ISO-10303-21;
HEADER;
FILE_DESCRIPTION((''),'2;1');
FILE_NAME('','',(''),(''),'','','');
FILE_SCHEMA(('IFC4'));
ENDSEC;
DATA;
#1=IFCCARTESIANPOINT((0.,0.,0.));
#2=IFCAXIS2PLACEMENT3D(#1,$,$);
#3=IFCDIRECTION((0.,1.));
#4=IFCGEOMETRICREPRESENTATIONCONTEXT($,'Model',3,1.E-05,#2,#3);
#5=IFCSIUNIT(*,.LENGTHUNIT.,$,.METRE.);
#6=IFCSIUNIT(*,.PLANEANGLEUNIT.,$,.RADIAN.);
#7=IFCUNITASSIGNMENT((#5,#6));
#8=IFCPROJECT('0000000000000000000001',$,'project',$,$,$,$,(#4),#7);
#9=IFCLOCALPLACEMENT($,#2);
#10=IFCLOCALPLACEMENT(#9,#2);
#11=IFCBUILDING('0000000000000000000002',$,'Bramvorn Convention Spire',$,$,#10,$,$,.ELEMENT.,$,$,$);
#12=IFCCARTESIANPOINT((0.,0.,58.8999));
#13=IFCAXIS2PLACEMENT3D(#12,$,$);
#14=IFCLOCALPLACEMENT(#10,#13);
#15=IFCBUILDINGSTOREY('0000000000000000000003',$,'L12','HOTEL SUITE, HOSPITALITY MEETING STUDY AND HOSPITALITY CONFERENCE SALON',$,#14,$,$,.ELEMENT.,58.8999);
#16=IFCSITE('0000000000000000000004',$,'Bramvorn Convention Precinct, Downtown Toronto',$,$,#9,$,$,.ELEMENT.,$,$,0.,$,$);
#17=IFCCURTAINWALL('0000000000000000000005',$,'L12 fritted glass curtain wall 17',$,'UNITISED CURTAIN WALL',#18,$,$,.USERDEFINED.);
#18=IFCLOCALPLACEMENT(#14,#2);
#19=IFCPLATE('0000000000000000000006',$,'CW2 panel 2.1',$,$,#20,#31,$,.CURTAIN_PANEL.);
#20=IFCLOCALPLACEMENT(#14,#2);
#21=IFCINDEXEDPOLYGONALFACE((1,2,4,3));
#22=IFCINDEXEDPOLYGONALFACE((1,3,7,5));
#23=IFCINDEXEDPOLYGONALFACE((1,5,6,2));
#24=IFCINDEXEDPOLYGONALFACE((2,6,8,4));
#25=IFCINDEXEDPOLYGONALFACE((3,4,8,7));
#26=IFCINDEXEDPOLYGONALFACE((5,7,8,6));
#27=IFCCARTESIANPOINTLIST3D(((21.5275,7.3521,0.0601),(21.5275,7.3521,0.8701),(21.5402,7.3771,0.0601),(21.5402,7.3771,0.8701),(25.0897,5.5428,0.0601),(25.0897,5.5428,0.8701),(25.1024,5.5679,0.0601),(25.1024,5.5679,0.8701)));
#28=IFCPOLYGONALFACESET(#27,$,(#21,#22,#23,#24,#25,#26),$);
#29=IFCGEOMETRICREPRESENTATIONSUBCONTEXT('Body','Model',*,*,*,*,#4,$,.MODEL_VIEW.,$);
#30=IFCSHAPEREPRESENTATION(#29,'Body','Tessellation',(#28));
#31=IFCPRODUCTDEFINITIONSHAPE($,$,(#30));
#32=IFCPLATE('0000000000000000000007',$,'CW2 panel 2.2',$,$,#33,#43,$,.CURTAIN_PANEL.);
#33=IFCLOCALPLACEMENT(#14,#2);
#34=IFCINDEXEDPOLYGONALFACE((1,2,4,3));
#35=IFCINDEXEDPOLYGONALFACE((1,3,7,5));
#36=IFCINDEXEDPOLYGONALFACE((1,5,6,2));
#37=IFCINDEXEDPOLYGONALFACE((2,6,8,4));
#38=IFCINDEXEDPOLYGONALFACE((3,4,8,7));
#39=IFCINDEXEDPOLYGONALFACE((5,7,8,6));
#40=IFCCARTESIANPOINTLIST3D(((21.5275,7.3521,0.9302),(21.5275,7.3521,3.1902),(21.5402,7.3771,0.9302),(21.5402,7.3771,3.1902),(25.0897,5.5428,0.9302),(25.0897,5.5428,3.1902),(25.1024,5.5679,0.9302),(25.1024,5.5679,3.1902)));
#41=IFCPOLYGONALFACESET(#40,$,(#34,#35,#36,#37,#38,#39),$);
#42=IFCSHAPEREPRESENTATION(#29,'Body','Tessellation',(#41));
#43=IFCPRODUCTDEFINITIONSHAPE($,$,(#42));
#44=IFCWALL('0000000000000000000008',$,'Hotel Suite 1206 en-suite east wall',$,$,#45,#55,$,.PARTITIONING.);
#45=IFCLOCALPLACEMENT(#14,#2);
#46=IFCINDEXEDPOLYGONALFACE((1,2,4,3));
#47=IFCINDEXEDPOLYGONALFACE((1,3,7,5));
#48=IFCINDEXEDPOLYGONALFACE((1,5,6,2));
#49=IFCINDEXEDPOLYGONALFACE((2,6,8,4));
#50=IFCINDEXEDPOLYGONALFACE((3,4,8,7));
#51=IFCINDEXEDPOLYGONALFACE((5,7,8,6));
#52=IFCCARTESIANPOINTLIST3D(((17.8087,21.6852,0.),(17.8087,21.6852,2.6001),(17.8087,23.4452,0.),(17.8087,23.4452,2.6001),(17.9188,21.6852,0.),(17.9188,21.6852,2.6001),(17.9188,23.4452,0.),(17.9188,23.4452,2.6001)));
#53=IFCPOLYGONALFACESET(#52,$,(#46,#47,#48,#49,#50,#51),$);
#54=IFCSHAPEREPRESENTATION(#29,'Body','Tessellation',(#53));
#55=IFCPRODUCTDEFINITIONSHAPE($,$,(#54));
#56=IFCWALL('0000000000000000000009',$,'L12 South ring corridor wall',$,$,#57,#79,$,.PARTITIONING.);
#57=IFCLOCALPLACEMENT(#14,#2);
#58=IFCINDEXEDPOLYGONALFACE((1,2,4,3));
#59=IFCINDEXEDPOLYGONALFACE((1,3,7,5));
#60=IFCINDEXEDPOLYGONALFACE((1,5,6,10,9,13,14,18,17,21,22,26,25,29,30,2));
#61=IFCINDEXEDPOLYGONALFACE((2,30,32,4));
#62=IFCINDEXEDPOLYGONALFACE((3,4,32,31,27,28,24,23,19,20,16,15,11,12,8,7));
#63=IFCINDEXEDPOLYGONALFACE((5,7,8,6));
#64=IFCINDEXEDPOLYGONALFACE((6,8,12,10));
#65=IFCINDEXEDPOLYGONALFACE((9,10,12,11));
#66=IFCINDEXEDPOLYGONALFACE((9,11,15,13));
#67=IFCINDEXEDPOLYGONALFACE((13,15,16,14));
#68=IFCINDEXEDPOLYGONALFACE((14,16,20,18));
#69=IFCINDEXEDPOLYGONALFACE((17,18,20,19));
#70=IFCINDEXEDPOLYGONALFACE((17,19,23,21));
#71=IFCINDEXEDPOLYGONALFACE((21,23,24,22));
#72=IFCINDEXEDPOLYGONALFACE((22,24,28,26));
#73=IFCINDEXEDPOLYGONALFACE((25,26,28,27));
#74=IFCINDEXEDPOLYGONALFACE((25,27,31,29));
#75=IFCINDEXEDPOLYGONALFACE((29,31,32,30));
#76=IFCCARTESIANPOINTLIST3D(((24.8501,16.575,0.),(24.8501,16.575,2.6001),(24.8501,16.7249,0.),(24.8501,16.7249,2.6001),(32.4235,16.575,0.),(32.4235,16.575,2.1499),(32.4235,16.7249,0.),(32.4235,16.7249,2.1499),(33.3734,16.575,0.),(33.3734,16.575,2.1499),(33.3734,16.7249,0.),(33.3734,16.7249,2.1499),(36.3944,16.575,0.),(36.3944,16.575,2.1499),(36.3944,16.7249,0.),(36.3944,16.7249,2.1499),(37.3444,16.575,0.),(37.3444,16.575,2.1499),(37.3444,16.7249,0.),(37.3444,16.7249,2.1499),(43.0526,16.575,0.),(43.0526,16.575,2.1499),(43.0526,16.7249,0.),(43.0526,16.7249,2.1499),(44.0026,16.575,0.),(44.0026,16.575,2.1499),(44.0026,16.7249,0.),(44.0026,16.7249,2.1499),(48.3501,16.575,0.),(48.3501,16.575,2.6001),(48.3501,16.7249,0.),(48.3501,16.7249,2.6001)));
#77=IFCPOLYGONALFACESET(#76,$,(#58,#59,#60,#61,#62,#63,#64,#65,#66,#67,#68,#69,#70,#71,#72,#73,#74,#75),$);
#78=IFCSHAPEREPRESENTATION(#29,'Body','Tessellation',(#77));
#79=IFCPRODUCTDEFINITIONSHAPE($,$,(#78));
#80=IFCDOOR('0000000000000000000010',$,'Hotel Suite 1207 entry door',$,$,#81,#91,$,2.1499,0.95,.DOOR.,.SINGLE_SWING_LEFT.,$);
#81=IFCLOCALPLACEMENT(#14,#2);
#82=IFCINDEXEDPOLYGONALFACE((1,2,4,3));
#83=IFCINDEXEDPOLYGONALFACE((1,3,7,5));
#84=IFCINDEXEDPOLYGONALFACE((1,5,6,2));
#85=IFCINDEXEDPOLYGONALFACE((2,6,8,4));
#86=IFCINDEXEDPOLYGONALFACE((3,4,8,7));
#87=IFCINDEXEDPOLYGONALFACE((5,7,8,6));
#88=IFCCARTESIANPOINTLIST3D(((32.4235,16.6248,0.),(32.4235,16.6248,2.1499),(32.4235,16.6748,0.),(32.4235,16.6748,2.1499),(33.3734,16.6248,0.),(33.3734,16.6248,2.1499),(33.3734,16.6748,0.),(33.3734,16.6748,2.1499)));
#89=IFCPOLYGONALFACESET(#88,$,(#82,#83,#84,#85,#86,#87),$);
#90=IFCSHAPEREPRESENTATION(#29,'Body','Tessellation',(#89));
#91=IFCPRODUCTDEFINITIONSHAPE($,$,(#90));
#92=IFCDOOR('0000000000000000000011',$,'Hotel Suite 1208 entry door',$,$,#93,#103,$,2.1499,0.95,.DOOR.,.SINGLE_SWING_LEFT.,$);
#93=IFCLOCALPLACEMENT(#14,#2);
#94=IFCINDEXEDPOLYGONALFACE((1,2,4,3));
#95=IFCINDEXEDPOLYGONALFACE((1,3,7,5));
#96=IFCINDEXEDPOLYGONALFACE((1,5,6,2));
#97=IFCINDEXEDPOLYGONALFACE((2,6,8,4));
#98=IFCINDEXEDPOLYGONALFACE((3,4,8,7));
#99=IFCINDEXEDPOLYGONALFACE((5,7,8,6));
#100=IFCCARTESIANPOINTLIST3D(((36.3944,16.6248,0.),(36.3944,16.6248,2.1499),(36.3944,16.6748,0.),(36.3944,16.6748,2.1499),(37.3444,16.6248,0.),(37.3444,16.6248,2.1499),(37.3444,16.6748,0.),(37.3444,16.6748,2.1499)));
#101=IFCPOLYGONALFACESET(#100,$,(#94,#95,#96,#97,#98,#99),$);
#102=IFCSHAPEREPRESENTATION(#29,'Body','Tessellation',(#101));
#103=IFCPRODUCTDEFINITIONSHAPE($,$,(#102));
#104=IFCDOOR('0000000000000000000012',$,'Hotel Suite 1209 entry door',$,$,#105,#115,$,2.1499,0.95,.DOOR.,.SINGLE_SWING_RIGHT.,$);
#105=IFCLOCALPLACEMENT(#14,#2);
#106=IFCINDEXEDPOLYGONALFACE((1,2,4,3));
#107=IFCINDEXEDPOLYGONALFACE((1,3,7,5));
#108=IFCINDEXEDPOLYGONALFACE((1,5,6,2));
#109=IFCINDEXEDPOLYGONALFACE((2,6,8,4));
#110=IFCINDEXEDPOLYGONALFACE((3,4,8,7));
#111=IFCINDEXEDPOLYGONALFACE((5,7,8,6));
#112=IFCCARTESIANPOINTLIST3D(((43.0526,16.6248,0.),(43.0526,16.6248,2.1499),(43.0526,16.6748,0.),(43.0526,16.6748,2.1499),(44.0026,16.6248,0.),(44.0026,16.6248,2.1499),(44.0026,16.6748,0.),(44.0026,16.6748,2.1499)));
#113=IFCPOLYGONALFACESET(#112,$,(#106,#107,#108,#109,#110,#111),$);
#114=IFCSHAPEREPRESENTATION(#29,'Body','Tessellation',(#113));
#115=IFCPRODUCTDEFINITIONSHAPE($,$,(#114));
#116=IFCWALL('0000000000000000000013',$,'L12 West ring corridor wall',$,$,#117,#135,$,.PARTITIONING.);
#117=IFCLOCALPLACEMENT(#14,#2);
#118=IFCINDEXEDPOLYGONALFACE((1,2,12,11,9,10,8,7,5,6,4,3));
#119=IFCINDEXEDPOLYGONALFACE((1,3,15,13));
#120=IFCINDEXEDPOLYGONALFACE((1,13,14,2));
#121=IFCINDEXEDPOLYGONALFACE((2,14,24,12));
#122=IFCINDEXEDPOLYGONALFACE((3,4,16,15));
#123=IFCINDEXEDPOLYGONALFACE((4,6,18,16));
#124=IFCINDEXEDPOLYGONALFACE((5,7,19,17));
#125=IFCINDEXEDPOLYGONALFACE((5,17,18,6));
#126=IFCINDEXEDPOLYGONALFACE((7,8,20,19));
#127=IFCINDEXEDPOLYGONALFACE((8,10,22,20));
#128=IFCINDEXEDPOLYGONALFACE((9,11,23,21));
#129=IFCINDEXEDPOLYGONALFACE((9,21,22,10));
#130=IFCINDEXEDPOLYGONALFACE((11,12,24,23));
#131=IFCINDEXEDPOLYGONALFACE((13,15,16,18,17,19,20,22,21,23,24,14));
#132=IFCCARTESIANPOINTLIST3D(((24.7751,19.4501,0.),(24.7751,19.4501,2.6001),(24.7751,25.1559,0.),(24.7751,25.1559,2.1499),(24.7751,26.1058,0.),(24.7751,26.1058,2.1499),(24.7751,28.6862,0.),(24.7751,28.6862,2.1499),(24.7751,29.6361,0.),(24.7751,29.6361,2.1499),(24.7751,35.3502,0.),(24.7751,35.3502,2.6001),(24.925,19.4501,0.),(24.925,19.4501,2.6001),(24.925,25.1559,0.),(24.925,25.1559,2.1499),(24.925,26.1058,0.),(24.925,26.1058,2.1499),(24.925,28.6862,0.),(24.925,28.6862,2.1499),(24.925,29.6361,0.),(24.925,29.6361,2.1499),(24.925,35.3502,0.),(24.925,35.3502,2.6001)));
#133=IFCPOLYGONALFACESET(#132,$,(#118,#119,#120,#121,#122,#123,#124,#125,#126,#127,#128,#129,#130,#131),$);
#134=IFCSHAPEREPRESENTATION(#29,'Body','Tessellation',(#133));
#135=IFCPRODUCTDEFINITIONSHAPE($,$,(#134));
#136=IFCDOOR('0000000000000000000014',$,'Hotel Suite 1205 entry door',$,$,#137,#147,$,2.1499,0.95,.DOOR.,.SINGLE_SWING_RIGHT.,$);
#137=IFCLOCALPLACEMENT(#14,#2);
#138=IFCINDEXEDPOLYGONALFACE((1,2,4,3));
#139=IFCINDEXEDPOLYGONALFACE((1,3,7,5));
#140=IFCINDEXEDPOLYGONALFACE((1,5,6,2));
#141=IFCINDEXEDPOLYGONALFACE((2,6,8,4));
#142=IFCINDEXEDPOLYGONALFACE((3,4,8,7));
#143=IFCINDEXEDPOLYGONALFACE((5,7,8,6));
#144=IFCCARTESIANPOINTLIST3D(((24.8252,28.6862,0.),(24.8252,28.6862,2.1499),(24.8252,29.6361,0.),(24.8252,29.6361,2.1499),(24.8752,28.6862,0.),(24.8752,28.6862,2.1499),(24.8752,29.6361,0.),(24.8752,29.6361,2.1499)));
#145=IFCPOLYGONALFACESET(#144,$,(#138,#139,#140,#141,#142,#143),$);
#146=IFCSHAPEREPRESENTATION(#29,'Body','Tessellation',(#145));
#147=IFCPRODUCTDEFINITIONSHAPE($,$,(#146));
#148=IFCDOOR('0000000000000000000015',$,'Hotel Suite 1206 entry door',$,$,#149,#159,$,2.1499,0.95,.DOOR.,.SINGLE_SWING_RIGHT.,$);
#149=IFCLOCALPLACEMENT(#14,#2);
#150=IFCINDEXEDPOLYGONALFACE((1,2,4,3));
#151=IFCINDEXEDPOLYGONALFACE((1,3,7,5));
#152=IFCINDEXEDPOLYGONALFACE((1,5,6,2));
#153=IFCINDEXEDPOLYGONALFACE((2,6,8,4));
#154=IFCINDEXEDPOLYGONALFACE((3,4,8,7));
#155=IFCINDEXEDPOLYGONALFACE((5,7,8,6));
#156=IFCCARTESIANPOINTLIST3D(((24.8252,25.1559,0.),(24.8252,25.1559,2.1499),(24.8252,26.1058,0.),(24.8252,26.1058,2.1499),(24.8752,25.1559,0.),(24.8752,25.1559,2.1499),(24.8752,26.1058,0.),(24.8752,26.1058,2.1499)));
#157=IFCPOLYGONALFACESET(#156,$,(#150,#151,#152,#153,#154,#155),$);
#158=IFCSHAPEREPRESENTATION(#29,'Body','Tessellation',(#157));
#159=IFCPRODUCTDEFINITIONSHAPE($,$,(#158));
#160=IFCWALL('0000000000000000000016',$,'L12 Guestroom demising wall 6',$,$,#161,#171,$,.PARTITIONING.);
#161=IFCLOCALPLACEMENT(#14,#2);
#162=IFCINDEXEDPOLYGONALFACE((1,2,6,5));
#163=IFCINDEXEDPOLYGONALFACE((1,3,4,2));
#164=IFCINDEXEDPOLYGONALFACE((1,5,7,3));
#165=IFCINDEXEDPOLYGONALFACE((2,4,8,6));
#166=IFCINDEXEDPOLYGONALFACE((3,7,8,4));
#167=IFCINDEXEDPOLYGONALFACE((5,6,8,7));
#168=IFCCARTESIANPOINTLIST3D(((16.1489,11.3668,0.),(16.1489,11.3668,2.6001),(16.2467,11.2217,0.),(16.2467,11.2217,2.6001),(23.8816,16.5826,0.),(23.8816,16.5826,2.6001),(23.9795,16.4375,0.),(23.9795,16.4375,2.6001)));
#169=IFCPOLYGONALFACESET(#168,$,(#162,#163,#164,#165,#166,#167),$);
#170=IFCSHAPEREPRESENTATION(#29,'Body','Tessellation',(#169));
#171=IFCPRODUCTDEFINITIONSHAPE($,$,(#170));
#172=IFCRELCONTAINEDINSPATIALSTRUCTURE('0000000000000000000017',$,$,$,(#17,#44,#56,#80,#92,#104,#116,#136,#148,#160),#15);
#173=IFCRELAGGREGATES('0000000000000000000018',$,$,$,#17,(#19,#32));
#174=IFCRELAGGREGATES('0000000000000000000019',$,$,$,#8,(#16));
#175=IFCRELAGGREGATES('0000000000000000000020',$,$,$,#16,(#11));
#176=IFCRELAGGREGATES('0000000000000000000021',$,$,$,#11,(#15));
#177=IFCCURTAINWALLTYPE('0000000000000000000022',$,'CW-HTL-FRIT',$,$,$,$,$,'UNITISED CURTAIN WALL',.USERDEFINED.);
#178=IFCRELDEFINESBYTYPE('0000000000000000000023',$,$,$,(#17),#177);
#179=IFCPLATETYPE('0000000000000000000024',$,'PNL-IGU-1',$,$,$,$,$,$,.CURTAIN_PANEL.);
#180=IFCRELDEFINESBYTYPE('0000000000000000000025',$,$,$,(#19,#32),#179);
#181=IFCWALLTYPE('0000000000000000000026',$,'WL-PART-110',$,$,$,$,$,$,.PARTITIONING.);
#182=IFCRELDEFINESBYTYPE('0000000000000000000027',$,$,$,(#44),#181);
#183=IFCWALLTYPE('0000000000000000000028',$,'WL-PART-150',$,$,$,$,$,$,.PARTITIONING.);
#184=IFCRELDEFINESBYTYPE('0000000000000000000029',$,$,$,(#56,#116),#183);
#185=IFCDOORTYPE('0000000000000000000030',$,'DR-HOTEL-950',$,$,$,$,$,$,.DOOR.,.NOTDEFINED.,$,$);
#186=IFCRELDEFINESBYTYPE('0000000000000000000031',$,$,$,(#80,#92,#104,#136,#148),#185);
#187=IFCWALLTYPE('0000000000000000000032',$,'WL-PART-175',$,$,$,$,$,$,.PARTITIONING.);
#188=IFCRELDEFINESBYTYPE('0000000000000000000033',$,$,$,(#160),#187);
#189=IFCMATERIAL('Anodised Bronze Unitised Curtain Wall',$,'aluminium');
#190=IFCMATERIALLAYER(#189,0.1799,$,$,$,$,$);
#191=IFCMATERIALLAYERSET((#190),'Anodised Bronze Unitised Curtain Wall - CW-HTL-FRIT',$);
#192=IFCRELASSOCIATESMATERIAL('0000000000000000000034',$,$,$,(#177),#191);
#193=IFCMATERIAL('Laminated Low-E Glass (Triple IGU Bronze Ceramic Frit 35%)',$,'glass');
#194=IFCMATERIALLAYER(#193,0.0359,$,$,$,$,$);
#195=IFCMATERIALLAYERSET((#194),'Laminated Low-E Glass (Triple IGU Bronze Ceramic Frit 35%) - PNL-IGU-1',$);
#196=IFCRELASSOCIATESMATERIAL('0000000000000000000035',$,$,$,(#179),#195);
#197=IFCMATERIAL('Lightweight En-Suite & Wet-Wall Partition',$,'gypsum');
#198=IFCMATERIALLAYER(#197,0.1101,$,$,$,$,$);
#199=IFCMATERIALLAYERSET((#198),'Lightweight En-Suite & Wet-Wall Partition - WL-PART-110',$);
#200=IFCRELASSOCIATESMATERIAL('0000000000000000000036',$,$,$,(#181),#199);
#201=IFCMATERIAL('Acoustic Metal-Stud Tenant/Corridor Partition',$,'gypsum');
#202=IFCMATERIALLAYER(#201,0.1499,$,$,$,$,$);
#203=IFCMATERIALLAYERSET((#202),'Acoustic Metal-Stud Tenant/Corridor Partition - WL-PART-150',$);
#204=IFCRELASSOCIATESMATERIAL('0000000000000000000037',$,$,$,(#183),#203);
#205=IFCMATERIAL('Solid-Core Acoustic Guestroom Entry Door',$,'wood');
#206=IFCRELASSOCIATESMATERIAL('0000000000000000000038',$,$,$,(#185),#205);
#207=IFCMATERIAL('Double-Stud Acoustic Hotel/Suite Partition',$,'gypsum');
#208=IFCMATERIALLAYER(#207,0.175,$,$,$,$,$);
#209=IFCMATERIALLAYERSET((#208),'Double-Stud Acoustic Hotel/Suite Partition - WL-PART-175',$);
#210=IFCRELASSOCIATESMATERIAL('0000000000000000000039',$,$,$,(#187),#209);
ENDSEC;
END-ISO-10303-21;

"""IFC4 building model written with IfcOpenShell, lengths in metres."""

from ifc_helpers import new_model, si_unit, direction, frame, frame_2d, origin, origin_2d, place, context, subcontext, project, spatial, rectangle, extrude, material, layer, layer_set, type_object, element, fill, aggregate, save


model = new_model("IFC4")

# Units and contexts
model_context = context("Model", 3, precision=1e-05, world=origin(), true_north=direction((0.0, 1.0)))
body_context = subcontext(model_context, "Body", "Model", "MODEL_VIEW")
ifc_project = project(units=[si_unit("LENGTHUNIT", "METRE"), si_unit("PLANEANGLEUNIT", "RADIAN")], contexts=[model_context])

# Site, building, storey
site_placement = place(None, origin())
site = spatial("IfcSite", under=ifc_project, at=site_placement, Name="Bramvorn Convention Precinct, Downtown Toronto", CompositionType="ELEMENT", RefElevation=0.0)
building_placement = place(site_placement, origin())
building = spatial("IfcBuilding", under=site, at=building_placement, Name="Bramvorn Convention Spire", CompositionType="ELEMENT")
storey_placement = place(building_placement, frame((0.0, 0.0, 58.8999)))
storey = spatial("IfcBuildingStorey", under=building, at=storey_placement, Name="L12", Description="HOTEL SUITE, HOSPITALITY MEETING STUDY AND HOSPITALITY CONFERENCE SALON", CompositionType="ELEMENT", Elevation=58.8999)

# Curtain wall
ifc_material_1 = material(Name="Anodised Bronze Unitised Curtain Wall", Category="aluminium")
ifc_layer_1 = layer(ifc_material_1, 0.1799)
ifc_layer_set_1 = layer_set([ifc_layer_1], Name="Anodised Bronze Unitised Curtain Wall - CW-HTL-FRIT")
curtain_wall_type = type_object("IfcCurtainWallType", Name="CW-HTL-FRIT", ElementType="UNITISED CURTAIN WALL", PredefinedType="USERDEFINED", material=ifc_layer_set_1)
curtain_wall_1_placement = place(storey_placement, origin())
curtain_wall_1 = element("IfcCurtainWall", 1, at=curtain_wall_1_placement, inside=storey, type_object=curtain_wall_type, Name="L12 fritted glass curtain wall 17", ObjectType="UNITISED CURTAIN WALL", PredefinedType="USERDEFINED")

# Plates
ifc_material_2 = material(Name="Laminated Low-E Glass (Triple IGU Bronze Ceramic Frit 35%)", Category="glass")
ifc_layer_2 = layer(ifc_material_2, 0.0359)
ifc_layer_set_2 = layer_set([ifc_layer_2], Name="Laminated Low-E Glass (Triple IGU Bronze Ceramic Frit 35%) - PNL-IGU-1")
plate_type = type_object("IfcPlateType", Name="PNL-IGU-1", PredefinedType="CURTAIN_PANEL", material=ifc_layer_set_2)
plate_1_placement = place(storey_placement, frame((23.3149, 6.46, 0.0601), z_axis=(0.0, 0.0, 1.0), x_axis=(-0.891595, 0.452835, 0.0)))
plate_1 = element("IfcPlate", 2, at=plate_1_placement, type_object=plate_type, Name="CW2 panel 2.1", PredefinedType="CURTAIN_PANEL", context=body_context, shape_type="SweptSolid", body=[
    extrude(rectangle(XDim=3.9954, YDim=0.0281, at=origin_2d()), origin(), (0.0, 0.0, 1.0), 0.8101),
])
plate_2_placement = place(storey_placement, frame((23.3149, 6.46, 0.9302), z_axis=(0.0, 0.0, 1.0), x_axis=(-0.891595, 0.452835, 0.0)))
plate_2 = element("IfcPlate", 3, at=plate_2_placement, type_object=plate_type, Name="CW2 panel 2.2", PredefinedType="CURTAIN_PANEL", context=body_context, shape_type="SweptSolid", body=[
    extrude(rectangle(XDim=3.9954, YDim=0.0281, at=origin_2d()), origin(), (0.0, 0.0, 1.0), 2.26),
])
aggregate(curtain_wall_1, [plate_1, plate_2])

# Wall
ifc_material_3 = material(Name="Lightweight En-Suite & Wet-Wall Partition", Category="gypsum")
ifc_layer_3 = layer(ifc_material_3, 0.1101)
ifc_layer_set_3 = layer_set([ifc_layer_3], Name="Lightweight En-Suite & Wet-Wall Partition - WL-PART-110")
wall_type_1 = type_object("IfcWallType", Name="WL-PART-110", PredefinedType="PARTITIONING", material=ifc_layer_set_3)
wall_1_placement = place(storey_placement, frame((17.8638, 21.6853, 0.0), z_axis=(0.0, 0.0, 1.0), x_axis=(0.0, 1.0, 0.0)))
element("IfcWall", 4, at=wall_1_placement, inside=storey, type_object=wall_type_1, Name="Hotel Suite 1206 en-suite east wall", PredefinedType="PARTITIONING", context=body_context, shape_type="SweptSolid", body=[
    extrude(rectangle(XDim=1.76, YDim=0.1101, at=frame_2d((0.8799, 0.0))), origin(), (0.0, 0.0, 1.0), 2.6001),
])

# Walls, openings, doors
ifc_material_4 = material(Name="Acoustic Metal-Stud Tenant/Corridor Partition", Category="gypsum")
ifc_layer_4 = layer(ifc_material_4, 0.1499)
ifc_layer_set_4 = layer_set([ifc_layer_4], Name="Acoustic Metal-Stud Tenant/Corridor Partition - WL-PART-150")
wall_type_2 = type_object("IfcWallType", Name="WL-PART-150", PredefinedType="PARTITIONING", material=ifc_layer_set_4)
wall_2_placement = place(storey_placement, frame((24.8501, 16.6499, 0.0), z_axis=(0.0, 0.0, 1.0), x_axis=(1.0, 0.0, 0.0)))
wall_2 = element("IfcWall", 5, at=wall_2_placement, inside=storey, type_object=wall_type_2, Name="L12 South ring corridor wall", PredefinedType="PARTITIONING", context=body_context, shape_type="SweptSolid", body=[
    extrude(rectangle(XDim=23.5, YDim=0.1499, at=frame_2d((11.75, 0.0))), origin(), (0.0, 0.0, 1.0), 2.6001),
])
opening_1_placement = place(wall_2_placement, frame((7.5732, 0.0, 0.0)))
opening_1 = element("IfcOpeningElement", 6, at=opening_1_placement, cuts=wall_2, PredefinedType="OPENING", context=body_context, shape_type="SweptSolid", body=[
    extrude(rectangle(XDim=0.95, YDim=2.1499, at=frame_2d((0.4751, 1.075))), frame((0.0, 0.085, 0.0), z_axis=(0.0, -1.0, 0.0), x_axis=(1.0, 0.0, 0.0)), (0.0, 0.0, 1.0), 0.1699),
])
opening_2_placement = place(wall_2_placement, frame((11.5442, 0.0, 0.0)))
opening_2 = element("IfcOpeningElement", 7, at=opening_2_placement, cuts=wall_2, PredefinedType="OPENING", context=body_context, shape_type="SweptSolid", body=[
    extrude(rectangle(XDim=0.95, YDim=2.1499, at=frame_2d((0.4751, 1.075))), frame((0.0, 0.085, 0.0), z_axis=(0.0, -1.0, 0.0), x_axis=(1.0, 0.0, 0.0)), (0.0, 0.0, 1.0), 0.1699),
])
opening_3_placement = place(wall_2_placement, frame((18.2024, 0.0, 0.0)))
opening_3 = element("IfcOpeningElement", 8, at=opening_3_placement, cuts=wall_2, PredefinedType="OPENING", context=body_context, shape_type="SweptSolid", body=[
    extrude(rectangle(XDim=0.95, YDim=2.1499, at=frame_2d((0.4751, 1.075))), frame((0.0, 0.085, 0.0), z_axis=(0.0, -1.0, 0.0), x_axis=(1.0, 0.0, 0.0)), (0.0, 0.0, 1.0), 0.1699),
])
ifc_material_5 = material(Name="Solid-Core Acoustic Guestroom Entry Door", Category="wood")
door_type = type_object("IfcDoorType", Name="DR-HOTEL-950", OperationType="NOTDEFINED", PredefinedType="DOOR", material=ifc_material_5)
door_1_placement = place(opening_1_placement, origin())
door_1 = element("IfcDoor", 9, at=door_1_placement, inside=storey, type_object=door_type, Name="Hotel Suite 1207 entry door", OperationType="SINGLE_SWING_LEFT", OverallHeight=2.1499, OverallWidth=0.95, PredefinedType="DOOR", context=body_context, shape_type="SweptSolid", body=[
    extrude(rectangle(XDim=0.95, YDim=2.1499, at=frame_2d((0.4751, 1.075))), frame((0.0, 0.0249, 0.0), z_axis=(0.0, -1.0, 0.0), x_axis=(1.0, 0.0, 0.0)), (0.0, 0.0, 1.0), 0.05),
])
fill(opening_1, door_1)
door_2_placement = place(opening_2_placement, origin())
door_2 = element("IfcDoor", 10, at=door_2_placement, inside=storey, type_object=door_type, Name="Hotel Suite 1208 entry door", OperationType="SINGLE_SWING_LEFT", OverallHeight=2.1499, OverallWidth=0.95, PredefinedType="DOOR", context=body_context, shape_type="SweptSolid", body=[
    extrude(rectangle(XDim=0.95, YDim=2.1499, at=frame_2d((0.4751, 1.075))), frame((0.0, 0.0249, 0.0), z_axis=(0.0, -1.0, 0.0), x_axis=(1.0, 0.0, 0.0)), (0.0, 0.0, 1.0), 0.05),
])
fill(opening_2, door_2)
door_3_placement = place(opening_3_placement, origin())
door_3 = element("IfcDoor", 11, at=door_3_placement, inside=storey, type_object=door_type, Name="Hotel Suite 1209 entry door", OperationType="SINGLE_SWING_RIGHT", OverallHeight=2.1499, OverallWidth=0.95, PredefinedType="DOOR", context=body_context, shape_type="SweptSolid", body=[
    extrude(rectangle(XDim=0.95, YDim=2.1499, at=frame_2d((0.4751, 1.075))), frame((0.0, 0.0249, 0.0), z_axis=(0.0, -1.0, 0.0), x_axis=(1.0, 0.0, 0.0)), (0.0, 0.0, 1.0), 0.05),
])
fill(opening_3, door_3)
wall_3_placement = place(storey_placement, frame((24.8501, 19.45, 0.0), z_axis=(0.0, 0.0, 1.0), x_axis=(0.0, 1.0, 0.0)))
wall_3 = element("IfcWall", 12, at=wall_3_placement, inside=storey, type_object=wall_type_2, Name="L12 West ring corridor wall", PredefinedType="PARTITIONING", context=body_context, shape_type="SweptSolid", body=[
    extrude(rectangle(XDim=15.9001, YDim=0.1499, at=frame_2d((7.9502, 0.0))), origin(), (0.0, 0.0, 1.0), 2.6001),
])
opening_4_placement = place(wall_3_placement, frame((9.2361, 0.0, 0.0)))
opening_4 = element("IfcOpeningElement", 13, at=opening_4_placement, cuts=wall_3, PredefinedType="OPENING", context=body_context, shape_type="SweptSolid", body=[
    extrude(rectangle(XDim=0.95, YDim=2.1499, at=frame_2d((0.4751, 1.075))), frame((0.0, 0.085, 0.0), z_axis=(0.0, -1.0, 0.0), x_axis=(1.0, 0.0, 0.0)), (0.0, 0.0, 1.0), 0.1699),
])
opening_5_placement = place(wall_3_placement, frame((5.7058, 0.0, 0.0)))
opening_5 = element("IfcOpeningElement", 14, at=opening_5_placement, cuts=wall_3, PredefinedType="OPENING", context=body_context, shape_type="SweptSolid", body=[
    extrude(rectangle(XDim=0.95, YDim=2.1499, at=frame_2d((0.4751, 1.075))), frame((0.0, 0.085, 0.0), z_axis=(0.0, -1.0, 0.0), x_axis=(1.0, 0.0, 0.0)), (0.0, 0.0, 1.0), 0.1699),
])
door_4_placement = place(opening_4_placement, origin())
door_4 = element("IfcDoor", 15, at=door_4_placement, inside=storey, type_object=door_type, Name="Hotel Suite 1205 entry door", OperationType="SINGLE_SWING_RIGHT", OverallHeight=2.1499, OverallWidth=0.95, PredefinedType="DOOR", context=body_context, shape_type="SweptSolid", body=[
    extrude(rectangle(XDim=0.95, YDim=2.1499, at=frame_2d((0.4751, 1.075))), frame((0.0, 0.0249, 0.0), z_axis=(0.0, -1.0, 0.0), x_axis=(1.0, 0.0, 0.0)), (0.0, 0.0, 1.0), 0.05),
])
fill(opening_4, door_4)
door_5_placement = place(opening_5_placement, origin())
door_5 = element("IfcDoor", 16, at=door_5_placement, inside=storey, type_object=door_type, Name="Hotel Suite 1206 entry door", OperationType="SINGLE_SWING_RIGHT", OverallHeight=2.1499, OverallWidth=0.95, PredefinedType="DOOR", context=body_context, shape_type="SweptSolid", body=[
    extrude(rectangle(XDim=0.95, YDim=2.1499, at=frame_2d((0.4751, 1.075))), frame((0.0, 0.0249, 0.0), z_axis=(0.0, -1.0, 0.0), x_axis=(1.0, 0.0, 0.0)), (0.0, 0.0, 1.0), 0.05),
])
fill(opening_5, door_5)

# Wall
ifc_material_6 = material(Name="Double-Stud Acoustic Hotel/Suite Partition", Category="gypsum")
ifc_layer_5 = layer(ifc_material_6, 0.175)
ifc_layer_set_5 = layer_set([ifc_layer_5], Name="Double-Stud Acoustic Hotel/Suite Partition - WL-PART-175")
wall_type_3 = type_object("IfcWallType", Name="WL-PART-175", PredefinedType="PARTITIONING", material=ifc_layer_set_5)
wall_4_placement = place(storey_placement, frame((23.9304, 16.51, 0.0), z_axis=(0.0, 0.0, 1.0), x_axis=(-0.829034, -0.559198, 0.0)))
element("IfcWall", 17, at=wall_4_placement, inside=storey, type_object=wall_type_3, Name="L12 Guestroom demising wall 6", PredefinedType="PARTITIONING", context=body_context, shape_type="SweptSolid", body=[
    extrude(rectangle(XDim=9.3274, YDim=0.175, at=frame_2d((4.6636, 0.0))), origin(), (0.0, 0.0, 1.0), 2.6001),
])

save(model, "model.ifc")
